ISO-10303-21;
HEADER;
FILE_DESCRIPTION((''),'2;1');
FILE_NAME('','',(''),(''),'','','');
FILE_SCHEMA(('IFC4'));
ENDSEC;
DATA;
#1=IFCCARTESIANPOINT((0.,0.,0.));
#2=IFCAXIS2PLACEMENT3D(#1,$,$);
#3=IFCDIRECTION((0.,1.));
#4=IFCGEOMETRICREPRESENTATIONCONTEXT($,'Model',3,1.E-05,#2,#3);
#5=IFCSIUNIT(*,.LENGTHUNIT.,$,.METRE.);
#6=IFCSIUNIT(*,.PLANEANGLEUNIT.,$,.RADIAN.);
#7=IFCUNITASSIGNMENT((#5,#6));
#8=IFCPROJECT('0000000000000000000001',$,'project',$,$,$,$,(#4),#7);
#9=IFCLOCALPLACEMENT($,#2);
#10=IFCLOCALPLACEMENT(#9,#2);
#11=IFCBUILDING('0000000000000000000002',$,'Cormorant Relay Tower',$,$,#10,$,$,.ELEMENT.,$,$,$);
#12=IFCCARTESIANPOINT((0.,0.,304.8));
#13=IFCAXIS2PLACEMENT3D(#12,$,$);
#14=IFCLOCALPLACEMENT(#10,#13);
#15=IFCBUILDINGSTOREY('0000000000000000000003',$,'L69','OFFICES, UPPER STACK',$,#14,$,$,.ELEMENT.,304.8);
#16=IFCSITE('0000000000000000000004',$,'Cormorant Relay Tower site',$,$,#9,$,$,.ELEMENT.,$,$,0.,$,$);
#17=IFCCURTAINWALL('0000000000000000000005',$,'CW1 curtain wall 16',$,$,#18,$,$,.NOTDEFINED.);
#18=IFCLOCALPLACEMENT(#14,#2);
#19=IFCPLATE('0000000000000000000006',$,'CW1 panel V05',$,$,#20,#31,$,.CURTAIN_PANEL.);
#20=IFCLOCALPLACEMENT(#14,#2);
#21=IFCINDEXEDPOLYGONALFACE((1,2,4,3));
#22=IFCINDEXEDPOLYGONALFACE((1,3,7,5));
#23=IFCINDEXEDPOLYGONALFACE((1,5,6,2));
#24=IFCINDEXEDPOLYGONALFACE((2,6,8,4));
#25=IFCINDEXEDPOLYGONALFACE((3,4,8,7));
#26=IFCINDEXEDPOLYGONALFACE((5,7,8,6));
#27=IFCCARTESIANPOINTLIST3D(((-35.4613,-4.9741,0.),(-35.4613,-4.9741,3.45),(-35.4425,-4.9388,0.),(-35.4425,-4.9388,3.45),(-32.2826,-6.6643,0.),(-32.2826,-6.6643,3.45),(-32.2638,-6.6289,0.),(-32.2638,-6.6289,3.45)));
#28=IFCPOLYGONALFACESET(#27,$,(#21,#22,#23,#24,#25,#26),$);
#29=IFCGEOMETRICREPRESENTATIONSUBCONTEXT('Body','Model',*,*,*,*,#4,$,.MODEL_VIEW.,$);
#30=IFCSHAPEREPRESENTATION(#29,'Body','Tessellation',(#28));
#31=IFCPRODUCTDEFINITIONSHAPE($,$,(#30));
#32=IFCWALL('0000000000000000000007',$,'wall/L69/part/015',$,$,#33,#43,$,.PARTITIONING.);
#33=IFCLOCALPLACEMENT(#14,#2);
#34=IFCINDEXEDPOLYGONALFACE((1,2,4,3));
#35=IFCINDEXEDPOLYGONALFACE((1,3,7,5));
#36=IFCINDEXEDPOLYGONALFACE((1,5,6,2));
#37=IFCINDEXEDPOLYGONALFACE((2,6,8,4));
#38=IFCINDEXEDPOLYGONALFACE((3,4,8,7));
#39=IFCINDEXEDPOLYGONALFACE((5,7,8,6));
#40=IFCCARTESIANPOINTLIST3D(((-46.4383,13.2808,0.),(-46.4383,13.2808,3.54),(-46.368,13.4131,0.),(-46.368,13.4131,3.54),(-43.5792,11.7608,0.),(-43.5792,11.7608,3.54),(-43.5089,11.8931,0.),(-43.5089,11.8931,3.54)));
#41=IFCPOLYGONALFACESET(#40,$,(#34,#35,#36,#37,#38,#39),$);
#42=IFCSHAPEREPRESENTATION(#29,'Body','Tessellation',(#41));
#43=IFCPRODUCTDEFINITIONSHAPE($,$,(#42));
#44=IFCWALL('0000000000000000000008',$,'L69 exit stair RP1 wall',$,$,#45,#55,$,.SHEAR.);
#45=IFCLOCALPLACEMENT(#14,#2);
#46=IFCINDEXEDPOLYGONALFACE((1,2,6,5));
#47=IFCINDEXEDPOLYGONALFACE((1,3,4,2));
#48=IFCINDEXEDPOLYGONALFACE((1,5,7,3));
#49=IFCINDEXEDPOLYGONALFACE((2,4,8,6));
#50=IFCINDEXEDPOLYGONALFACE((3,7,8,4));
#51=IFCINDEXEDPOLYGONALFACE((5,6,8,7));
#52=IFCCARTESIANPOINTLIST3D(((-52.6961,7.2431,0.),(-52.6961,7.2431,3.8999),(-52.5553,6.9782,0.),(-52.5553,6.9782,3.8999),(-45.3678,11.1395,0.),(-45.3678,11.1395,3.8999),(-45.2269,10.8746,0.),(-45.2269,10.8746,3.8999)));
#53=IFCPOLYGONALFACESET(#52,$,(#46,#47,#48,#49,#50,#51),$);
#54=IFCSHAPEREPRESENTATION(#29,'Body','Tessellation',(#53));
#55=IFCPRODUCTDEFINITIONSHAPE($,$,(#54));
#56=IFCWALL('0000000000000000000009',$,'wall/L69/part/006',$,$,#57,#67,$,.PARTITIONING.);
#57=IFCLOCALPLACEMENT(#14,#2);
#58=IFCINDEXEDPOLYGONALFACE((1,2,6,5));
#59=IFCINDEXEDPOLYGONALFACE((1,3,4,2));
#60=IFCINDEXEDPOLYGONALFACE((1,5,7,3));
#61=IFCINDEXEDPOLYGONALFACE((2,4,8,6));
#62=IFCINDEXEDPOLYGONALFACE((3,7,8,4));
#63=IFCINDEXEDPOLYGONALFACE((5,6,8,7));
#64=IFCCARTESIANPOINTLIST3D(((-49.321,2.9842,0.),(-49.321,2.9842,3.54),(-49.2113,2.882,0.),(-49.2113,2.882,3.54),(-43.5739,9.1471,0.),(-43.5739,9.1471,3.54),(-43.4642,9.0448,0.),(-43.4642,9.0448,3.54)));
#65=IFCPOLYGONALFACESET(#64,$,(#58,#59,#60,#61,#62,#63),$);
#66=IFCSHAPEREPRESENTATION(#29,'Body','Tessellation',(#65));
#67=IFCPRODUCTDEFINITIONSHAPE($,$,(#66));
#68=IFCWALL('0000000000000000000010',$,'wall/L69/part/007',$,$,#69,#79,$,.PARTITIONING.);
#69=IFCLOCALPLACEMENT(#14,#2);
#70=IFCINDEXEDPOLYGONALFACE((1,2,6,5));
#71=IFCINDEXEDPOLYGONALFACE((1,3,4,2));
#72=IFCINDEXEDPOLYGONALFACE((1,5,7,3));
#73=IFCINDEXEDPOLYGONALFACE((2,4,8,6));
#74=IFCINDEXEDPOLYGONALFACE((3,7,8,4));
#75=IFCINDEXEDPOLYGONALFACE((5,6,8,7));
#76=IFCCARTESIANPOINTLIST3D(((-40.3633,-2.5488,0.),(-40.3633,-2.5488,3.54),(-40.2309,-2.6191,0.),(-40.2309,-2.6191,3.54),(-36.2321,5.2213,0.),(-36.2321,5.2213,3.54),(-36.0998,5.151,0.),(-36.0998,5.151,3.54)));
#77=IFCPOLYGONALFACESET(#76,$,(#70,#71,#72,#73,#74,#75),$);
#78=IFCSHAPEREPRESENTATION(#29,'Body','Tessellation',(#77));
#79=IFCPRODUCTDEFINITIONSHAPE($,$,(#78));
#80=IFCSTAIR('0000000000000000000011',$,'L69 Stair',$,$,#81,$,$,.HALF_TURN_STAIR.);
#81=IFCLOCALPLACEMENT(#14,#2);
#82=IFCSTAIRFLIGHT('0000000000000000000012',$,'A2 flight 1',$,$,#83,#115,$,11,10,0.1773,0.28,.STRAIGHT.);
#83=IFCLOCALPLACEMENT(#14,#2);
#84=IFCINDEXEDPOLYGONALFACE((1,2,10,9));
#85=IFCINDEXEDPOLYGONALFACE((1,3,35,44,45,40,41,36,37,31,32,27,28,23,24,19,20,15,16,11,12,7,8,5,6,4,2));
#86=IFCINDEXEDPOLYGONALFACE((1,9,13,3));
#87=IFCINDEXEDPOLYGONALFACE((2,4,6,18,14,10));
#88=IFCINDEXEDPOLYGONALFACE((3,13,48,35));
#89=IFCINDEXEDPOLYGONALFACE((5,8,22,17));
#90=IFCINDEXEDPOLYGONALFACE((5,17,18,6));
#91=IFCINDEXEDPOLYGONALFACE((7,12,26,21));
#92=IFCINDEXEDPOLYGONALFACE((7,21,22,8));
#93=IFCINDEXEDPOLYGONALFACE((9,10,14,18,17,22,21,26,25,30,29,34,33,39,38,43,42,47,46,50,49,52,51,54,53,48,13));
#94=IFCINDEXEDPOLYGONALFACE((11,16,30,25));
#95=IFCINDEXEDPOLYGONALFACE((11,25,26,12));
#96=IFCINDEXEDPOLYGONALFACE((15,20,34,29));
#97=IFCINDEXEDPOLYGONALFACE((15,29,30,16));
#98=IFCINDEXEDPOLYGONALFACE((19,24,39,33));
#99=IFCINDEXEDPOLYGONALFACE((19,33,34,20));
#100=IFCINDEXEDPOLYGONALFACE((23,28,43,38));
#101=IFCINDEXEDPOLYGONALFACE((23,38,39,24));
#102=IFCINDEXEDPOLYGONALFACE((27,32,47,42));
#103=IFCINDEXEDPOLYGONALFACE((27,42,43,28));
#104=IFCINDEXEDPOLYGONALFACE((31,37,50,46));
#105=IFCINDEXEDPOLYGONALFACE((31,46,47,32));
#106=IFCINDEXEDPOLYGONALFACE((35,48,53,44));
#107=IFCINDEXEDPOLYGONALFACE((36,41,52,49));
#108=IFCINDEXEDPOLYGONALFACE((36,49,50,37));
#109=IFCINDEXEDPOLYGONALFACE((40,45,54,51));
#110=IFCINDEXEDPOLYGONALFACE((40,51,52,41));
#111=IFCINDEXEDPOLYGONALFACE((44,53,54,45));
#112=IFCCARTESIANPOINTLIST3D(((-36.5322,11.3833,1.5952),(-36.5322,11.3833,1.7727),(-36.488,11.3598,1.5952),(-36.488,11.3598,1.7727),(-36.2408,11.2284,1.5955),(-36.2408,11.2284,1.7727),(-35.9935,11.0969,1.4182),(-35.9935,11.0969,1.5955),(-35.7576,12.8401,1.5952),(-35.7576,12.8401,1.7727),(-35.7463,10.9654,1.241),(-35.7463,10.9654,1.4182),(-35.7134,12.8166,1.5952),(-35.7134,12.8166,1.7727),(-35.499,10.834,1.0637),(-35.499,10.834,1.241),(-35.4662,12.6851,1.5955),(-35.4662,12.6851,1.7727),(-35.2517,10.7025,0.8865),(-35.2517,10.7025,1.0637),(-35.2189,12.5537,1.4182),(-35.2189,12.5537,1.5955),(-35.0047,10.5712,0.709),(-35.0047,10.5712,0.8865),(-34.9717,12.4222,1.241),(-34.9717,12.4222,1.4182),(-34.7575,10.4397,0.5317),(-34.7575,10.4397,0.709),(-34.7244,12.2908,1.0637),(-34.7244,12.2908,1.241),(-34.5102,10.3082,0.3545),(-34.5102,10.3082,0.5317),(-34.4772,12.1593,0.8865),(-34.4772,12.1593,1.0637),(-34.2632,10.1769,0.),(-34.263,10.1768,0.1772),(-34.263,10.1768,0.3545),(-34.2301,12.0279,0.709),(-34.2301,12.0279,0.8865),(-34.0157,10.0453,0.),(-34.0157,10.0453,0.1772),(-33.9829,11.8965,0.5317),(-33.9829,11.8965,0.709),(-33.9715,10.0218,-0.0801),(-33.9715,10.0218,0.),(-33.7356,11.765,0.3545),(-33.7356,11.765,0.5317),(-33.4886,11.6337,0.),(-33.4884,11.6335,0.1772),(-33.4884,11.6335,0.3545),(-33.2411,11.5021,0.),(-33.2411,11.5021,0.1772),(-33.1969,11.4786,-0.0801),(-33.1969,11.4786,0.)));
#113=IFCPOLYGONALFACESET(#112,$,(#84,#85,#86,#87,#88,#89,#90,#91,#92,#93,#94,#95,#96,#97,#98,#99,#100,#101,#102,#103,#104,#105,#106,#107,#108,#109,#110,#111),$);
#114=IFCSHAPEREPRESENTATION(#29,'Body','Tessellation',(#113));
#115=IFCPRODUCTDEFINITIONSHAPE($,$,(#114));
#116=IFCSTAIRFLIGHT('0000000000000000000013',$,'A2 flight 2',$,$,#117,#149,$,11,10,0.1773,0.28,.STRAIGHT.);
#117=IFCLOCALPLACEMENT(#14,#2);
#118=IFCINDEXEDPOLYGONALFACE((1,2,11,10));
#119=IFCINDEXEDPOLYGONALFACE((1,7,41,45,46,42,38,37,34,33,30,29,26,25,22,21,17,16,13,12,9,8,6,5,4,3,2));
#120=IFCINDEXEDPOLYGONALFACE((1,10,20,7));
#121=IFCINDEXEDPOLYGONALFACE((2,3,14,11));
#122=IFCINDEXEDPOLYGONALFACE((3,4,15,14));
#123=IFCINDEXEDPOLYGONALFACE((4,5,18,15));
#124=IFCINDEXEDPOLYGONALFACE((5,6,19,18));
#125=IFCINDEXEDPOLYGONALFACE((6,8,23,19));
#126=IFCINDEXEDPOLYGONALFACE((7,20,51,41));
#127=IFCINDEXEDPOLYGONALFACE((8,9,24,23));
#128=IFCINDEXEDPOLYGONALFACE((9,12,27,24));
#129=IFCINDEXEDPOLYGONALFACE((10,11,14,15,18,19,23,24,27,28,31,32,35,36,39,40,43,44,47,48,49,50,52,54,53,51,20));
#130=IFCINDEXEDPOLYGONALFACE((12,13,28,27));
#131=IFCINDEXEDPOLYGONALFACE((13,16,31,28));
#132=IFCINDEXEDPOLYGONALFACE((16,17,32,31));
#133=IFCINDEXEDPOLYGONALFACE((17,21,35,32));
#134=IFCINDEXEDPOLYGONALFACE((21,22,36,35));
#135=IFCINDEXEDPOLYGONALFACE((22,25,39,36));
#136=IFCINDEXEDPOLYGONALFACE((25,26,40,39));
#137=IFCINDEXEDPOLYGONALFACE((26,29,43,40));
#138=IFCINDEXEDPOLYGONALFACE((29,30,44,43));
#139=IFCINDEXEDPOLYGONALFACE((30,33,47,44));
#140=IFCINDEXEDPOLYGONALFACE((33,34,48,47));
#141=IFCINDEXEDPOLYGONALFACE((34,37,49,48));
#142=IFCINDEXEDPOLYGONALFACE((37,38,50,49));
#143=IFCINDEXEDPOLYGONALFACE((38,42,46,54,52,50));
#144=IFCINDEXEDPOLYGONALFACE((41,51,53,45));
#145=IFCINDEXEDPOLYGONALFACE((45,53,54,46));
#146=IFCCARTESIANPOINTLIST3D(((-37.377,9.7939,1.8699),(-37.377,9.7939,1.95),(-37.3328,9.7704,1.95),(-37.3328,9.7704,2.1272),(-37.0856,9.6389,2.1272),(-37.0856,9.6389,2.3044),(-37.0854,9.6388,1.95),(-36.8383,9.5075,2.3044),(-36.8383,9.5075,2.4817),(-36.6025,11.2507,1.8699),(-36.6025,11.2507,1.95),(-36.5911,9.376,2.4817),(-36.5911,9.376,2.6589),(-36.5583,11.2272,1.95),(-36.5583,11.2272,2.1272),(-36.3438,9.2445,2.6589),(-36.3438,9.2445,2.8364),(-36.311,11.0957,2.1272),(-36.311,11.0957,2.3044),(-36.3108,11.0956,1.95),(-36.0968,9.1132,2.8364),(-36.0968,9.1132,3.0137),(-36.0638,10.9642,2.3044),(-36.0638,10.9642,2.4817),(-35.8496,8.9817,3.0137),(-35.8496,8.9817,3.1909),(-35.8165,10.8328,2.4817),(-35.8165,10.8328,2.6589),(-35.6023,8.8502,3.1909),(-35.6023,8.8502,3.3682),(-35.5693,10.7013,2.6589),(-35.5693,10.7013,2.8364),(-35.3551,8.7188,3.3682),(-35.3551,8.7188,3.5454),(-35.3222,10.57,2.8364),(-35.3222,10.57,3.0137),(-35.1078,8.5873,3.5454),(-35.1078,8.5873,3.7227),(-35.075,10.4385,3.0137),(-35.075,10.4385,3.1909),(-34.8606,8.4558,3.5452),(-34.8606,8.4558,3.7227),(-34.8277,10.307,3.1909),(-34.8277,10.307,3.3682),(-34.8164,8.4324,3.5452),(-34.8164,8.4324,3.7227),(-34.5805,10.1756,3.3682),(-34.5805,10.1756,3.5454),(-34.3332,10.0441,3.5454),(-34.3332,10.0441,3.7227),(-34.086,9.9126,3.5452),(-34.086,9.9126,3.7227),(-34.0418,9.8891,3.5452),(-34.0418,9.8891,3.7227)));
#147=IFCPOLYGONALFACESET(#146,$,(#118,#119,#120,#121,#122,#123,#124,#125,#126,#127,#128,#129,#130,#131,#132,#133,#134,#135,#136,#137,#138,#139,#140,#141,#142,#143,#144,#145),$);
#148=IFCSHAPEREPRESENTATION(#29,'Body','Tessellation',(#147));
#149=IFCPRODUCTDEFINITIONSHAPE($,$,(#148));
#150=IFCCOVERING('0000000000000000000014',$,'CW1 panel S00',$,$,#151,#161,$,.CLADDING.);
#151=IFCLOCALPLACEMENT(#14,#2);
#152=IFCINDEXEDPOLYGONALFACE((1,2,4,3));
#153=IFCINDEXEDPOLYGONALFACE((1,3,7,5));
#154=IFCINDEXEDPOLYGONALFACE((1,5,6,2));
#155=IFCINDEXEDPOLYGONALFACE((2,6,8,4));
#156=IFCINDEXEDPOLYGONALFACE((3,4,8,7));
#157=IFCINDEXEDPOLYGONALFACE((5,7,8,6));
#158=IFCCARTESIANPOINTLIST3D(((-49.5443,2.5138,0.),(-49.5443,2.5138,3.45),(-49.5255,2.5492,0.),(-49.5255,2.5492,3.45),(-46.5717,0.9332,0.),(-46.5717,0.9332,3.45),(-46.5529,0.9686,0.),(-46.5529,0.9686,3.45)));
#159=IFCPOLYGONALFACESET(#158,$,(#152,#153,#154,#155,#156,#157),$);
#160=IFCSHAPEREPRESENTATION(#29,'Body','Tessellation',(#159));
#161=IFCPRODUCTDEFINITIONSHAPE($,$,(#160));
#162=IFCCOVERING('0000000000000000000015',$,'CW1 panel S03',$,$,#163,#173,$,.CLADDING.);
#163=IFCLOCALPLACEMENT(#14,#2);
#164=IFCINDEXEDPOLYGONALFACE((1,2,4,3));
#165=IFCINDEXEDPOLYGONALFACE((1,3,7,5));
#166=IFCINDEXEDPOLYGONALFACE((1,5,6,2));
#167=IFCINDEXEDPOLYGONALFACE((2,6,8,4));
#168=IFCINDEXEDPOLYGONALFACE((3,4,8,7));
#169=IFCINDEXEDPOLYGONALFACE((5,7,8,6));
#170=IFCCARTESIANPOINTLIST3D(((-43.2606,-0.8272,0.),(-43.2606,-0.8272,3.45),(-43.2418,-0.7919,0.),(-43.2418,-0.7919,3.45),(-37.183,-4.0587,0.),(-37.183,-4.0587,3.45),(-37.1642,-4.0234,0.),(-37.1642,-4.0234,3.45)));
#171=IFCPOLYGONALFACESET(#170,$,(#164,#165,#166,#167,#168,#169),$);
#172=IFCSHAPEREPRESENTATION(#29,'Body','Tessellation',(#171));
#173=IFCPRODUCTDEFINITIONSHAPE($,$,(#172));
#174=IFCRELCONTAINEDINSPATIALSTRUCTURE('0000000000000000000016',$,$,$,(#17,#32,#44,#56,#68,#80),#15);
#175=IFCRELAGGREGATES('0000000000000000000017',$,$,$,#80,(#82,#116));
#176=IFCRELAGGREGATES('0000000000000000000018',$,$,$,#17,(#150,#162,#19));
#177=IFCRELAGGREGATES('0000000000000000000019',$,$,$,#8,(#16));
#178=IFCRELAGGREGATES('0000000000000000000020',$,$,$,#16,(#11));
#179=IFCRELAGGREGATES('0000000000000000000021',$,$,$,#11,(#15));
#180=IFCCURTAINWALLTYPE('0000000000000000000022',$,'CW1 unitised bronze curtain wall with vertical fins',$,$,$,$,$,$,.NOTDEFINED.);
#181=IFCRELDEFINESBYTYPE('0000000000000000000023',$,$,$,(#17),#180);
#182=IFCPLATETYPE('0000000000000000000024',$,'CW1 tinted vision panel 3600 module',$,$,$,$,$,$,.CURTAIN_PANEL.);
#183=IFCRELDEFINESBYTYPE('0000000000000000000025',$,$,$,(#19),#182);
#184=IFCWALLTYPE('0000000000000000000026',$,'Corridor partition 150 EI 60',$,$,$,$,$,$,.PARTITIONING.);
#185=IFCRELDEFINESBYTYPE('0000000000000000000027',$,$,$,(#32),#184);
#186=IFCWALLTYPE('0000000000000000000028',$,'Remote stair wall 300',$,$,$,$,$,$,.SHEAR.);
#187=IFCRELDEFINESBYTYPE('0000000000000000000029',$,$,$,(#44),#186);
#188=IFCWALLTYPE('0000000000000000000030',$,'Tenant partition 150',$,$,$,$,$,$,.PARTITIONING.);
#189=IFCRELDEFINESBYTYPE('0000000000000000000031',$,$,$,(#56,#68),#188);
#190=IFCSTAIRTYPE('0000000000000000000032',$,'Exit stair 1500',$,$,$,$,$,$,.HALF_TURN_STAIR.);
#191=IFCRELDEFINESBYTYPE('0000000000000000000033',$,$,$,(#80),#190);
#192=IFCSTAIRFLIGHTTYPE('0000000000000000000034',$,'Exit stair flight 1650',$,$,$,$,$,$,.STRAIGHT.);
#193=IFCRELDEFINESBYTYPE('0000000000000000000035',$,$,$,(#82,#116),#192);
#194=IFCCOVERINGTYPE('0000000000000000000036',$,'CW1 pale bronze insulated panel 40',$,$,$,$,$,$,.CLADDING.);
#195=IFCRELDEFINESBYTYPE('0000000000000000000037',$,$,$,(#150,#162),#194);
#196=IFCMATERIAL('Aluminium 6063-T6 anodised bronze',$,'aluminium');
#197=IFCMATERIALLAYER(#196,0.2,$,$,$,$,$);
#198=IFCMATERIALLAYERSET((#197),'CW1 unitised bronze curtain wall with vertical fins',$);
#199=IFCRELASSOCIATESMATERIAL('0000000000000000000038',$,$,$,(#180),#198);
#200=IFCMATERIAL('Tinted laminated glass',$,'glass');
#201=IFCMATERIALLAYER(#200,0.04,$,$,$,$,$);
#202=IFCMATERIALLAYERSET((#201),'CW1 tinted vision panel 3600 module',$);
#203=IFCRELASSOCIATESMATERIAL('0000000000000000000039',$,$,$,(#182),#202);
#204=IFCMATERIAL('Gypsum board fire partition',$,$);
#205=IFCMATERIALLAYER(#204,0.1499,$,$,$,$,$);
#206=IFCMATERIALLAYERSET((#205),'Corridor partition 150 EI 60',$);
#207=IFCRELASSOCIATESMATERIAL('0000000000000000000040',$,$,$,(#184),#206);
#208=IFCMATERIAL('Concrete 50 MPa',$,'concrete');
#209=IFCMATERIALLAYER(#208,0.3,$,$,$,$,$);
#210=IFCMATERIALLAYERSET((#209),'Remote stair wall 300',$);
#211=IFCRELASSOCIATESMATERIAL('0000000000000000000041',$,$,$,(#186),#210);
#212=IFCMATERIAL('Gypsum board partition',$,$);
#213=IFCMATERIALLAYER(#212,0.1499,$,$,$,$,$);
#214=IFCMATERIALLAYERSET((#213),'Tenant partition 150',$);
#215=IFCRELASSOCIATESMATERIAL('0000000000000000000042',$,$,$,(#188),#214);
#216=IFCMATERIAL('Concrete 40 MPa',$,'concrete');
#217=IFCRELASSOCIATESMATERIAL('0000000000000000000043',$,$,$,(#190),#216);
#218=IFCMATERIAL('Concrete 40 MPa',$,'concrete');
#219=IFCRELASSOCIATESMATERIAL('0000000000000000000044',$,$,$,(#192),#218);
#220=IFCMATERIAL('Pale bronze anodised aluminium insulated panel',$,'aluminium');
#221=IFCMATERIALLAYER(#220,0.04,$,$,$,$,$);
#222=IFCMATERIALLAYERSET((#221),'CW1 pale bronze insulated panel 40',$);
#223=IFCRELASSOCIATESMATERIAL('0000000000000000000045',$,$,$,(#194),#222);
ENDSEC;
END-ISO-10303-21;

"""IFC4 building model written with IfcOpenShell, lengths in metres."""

from ifc_helpers import new_model, si_unit, direction, frame, frame_2d, origin, origin_2d, place, context, subcontext, project, spatial, polyline, rectangle, outline, extrude, material, layer, layer_set, type_object, element, aggregate, save


model = new_model("IFC4")

# Units and contexts
model_context = context("Model", 3, precision=1e-05, world=origin(), true_north=direction((0.0, 1.0)))
body_context = subcontext(model_context, "Body", "Model", "MODEL_VIEW")
ifc_project = project(units=[si_unit("LENGTHUNIT", "METRE"), si_unit("PLANEANGLEUNIT", "RADIAN")], contexts=[model_context])

# Site, building, storey
site_placement = place(None, origin())
site = spatial("IfcSite", under=ifc_project, at=site_placement, Name="Cormorant Relay Tower site", CompositionType="ELEMENT", RefElevation=0.0)
building_placement = place(site_placement, origin())
building = spatial("IfcBuilding", under=site, at=building_placement, Name="Cormorant Relay Tower", CompositionType="ELEMENT")
storey_placement = place(building_placement, frame((0.0, 0.0, 304.8)))
storey = spatial("IfcBuildingStorey", under=building, at=storey_placement, Name="L69", Description="OFFICES, UPPER STACK", CompositionType="ELEMENT", Elevation=304.8)

# Curtain wall
ifc_material_1 = material(Name="Aluminium 6063-T6 anodised bronze", Category="aluminium")
ifc_layer_1 = layer(ifc_material_1, 0.2)
ifc_layer_set_1 = layer_set([ifc_layer_1], Name="CW1 unitised bronze curtain wall with vertical fins")
curtain_wall_type = type_object("IfcCurtainWallType", Name="CW1 unitised bronze curtain wall with vertical fins", PredefinedType="NOTDEFINED", material=ifc_layer_set_1)
curtain_wall_placement = place(storey_placement, origin())
curtain_wall = element("IfcCurtainWall", 1, at=curtain_wall_placement, inside=storey, type_object=curtain_wall_type, Name="CW1 curtain wall 16", PredefinedType="NOTDEFINED")

# Plate
ifc_material_2 = material(Name="Tinted laminated glass", Category="glass")
ifc_layer_2 = layer(ifc_material_2, 0.04)
ifc_layer_set_2 = layer_set([ifc_layer_2], Name="CW1 tinted vision panel 3600 module")
plate_type_1 = type_object("IfcPlateType", Name="CW1 tinted vision panel 3600 module", PredefinedType="CURTAIN_PANEL", material=ifc_layer_set_2)
plate_1_placement = place(storey_placement, frame((-33.8625, -5.8015, 0.0), z_axis=(0.0, 0.0, 1.0), x_axis=(0.882948, -0.469472, 0.0)))
plate_1 = element("IfcPlate", 2, at=plate_1_placement, type_object=plate_type_1, Name="CW1 panel V05", PredefinedType="CURTAIN_PANEL", context=body_context, shape_type="SweptSolid", body=[
    extrude(rectangle(XDim=3.6001, YDim=0.04, at=origin_2d()), origin(), (0.0, 0.0, 1.0), 3.45),
])

# Walls
ifc_material_3 = material(Name="Gypsum board fire partition")
ifc_layer_3 = layer(ifc_material_3, 0.1499)
ifc_layer_set_3 = layer_set([ifc_layer_3], Name="Corridor partition 150 EI 60")
wall_type_1 = type_object("IfcWallType", Name="Corridor partition 150 EI 60", PredefinedType="PARTITIONING", material=ifc_layer_set_3)
wall_1_placement = place(storey_placement, frame((-43.5439, 11.8269, 0.0), z_axis=(0.0, 0.0, 1.0), x_axis=(-0.882974, 0.469422, 0.0)))
element("IfcWall", 3, at=wall_1_placement, inside=storey, type_object=wall_type_1, Name="wall/L69/part/015", PredefinedType="PARTITIONING", context=body_context, shape_type="SweptSolid", body=[
    extrude(rectangle(XDim=3.238, YDim=0.1499, at=frame_2d((1.6191, 0.0))), origin(), (0.0, 0.0, 1.0), 3.54),
])
ifc_material_4 = material(Name="Concrete 50 MPa", Category="concrete")
ifc_layer_4 = layer(ifc_material_4, 0.3)
ifc_layer_set_4 = layer_set([ifc_layer_4], Name="Remote stair wall 300")
wall_type_2 = type_object("IfcWallType", Name="Remote stair wall 300", PredefinedType="SHEAR", material=ifc_layer_set_4)
wall_2_placement = place(storey_placement, frame((-45.2974, 11.0071, 0.0), z_axis=(0.0, 0.0, 1.0), x_axis=(-0.882952, -0.469464, 0.0)))
element("IfcWall", 4, at=wall_2_placement, inside=storey, type_object=wall_type_2, Name="L69 exit stair RP1 wall", PredefinedType="SHEAR", context=body_context, shape_type="SweptSolid", body=[
    extrude(rectangle(XDim=8.2998, YDim=0.3, at=frame_2d((4.1499, 0.0))), origin(), (0.0, 0.0, 1.0), 3.8999),
])
ifc_material_5 = material(Name="Gypsum board partition")
ifc_layer_5 = layer(ifc_material_5, 0.1499)
ifc_layer_set_5 = layer_set([ifc_layer_5], Name="Tenant partition 150")
wall_type_3 = type_object("IfcWallType", Name="Tenant partition 150", PredefinedType="PARTITIONING", material=ifc_layer_set_5)
wall_3_placement = place(storey_placement, frame((-43.519, 9.0959, 0.0), z_axis=(0.0, 0.0, 1.0), x_axis=(-0.682006, -0.731346, 0.0)))
element("IfcWall", 5, at=wall_3_placement, inside=storey, type_object=wall_type_3, Name="wall/L69/part/006", PredefinedType="PARTITIONING", context=body_context, shape_type="SweptSolid", body=[
    extrude(rectangle(XDim=8.4268, YDim=0.1499, at=frame_2d((4.2134, 0.0))), origin(), (0.0, 0.0, 1.0), 3.54),
])
wall_4_placement = place(storey_placement, frame((-36.166, 5.186, 0.0), z_axis=(0.0, 0.0, 1.0), x_axis=(-0.469446, -0.882961, 0.0)))
element("IfcWall", 6, at=wall_4_placement, inside=storey, type_object=wall_type_3, Name="wall/L69/part/007", PredefinedType="PARTITIONING", context=body_context, shape_type="SweptSolid", body=[
    extrude(rectangle(XDim=8.8, YDim=0.1499, at=frame_2d((4.3999, 0.0))), origin(), (0.0, 0.0, 1.0), 3.54),
])

# Stair, stair flights
ifc_material_6 = material(Name="Concrete 40 MPa", Category="concrete")
stair_type = type_object("IfcStairType", Name="Exit stair 1500", PredefinedType="HALF_TURN_STAIR", material=ifc_material_6)
stair_placement = place(storey_placement, origin())
stair = element("IfcStair", 7, at=stair_placement, inside=storey, type_object=stair_type, Name="L69 Stair", PredefinedType="HALF_TURN_STAIR")
ifc_material_7 = material(Name="Concrete 40 MPa", Category="concrete")
stair_flight_type = type_object("IfcStairFlightType", Name="Exit stair flight 1650", PredefinedType="STRAIGHT", material=ifc_material_7)
stair_flight_1_placement = place(storey_placement, frame((-33.6284, 10.7737, 0.0), z_axis=(0.0, 0.0, 1.0), x_axis=(-0.882948, 0.469472, 0.0)))
stair_flight_1 = element("IfcStairFlight", 8, at=stair_flight_1_placement, type_object=stair_flight_type, Name="A2 flight 1", NumberOfRisers=11, NumberOfTreads=10, PredefinedType="STRAIGHT", RiserHeight=0.1773, TreadLength=0.28, context=body_context, shape_type="SweptSolid", body=[
    extrude(outline(polyline([(-0.05, -0.0801), (-0.05, 0.0), (0.0, 0.0), (0.0, 0.1772), (0.28, 0.1772), (0.28, 0.3545), (0.5601, 0.3545), (0.5601, 0.5317), (0.8401, 0.5317), (0.8401, 0.709), (1.1201, 0.709), (1.1201, 0.8865), (1.3999, 0.8865), (1.3999, 1.0637), (1.6799, 1.0637), (1.6799, 1.241), (1.96, 1.241), (1.96, 1.4182), (2.24, 1.4182), (2.24, 1.5955), (2.52, 1.5955), (2.52, 1.7727), (2.8, 1.7727), (2.8501, 1.7727), (2.8501, 1.5952), (2.8, 1.5952), (0.2803, 0.0), (-0.05, -0.0801)])), frame((0.0, 0.825, 0.0), z_axis=(0.0, -1.0, 0.0), x_axis=(1.0, 0.0, 0.0)), (0.0, 0.0, 1.0), 1.6499),
])
stair_flight_2_placement = place(storey_placement, frame((-36.9456, 10.4988, 1.95), z_axis=(0.0, 0.0, 1.0), x_axis=(0.882948, -0.469472, 0.0)))
stair_flight_2 = element("IfcStairFlight", 9, at=stair_flight_2_placement, type_object=stair_flight_type, Name="A2 flight 2", NumberOfRisers=11, NumberOfTreads=10, PredefinedType="STRAIGHT", RiserHeight=0.1773, TreadLength=0.28, context=body_context, shape_type="SweptSolid", body=[
    extrude(outline(polyline([(-0.05, -0.0801), (-0.05, 0.0), (0.0, 0.0), (0.0, 0.1772), (0.28, 0.1772), (0.28, 0.3545), (0.5601, 0.3545), (0.5601, 0.5317), (0.8401, 0.5317), (0.8401, 0.709), (1.1201, 0.709), (1.1201, 0.8865), (1.3999, 0.8865), (1.3999, 1.0637), (1.6799, 1.0637), (1.6799, 1.241), (1.96, 1.241), (1.96, 1.4182), (2.24, 1.4182), (2.24, 1.5955), (2.52, 1.5955), (2.52, 1.7727), (2.8, 1.7727), (2.8501, 1.7727), (2.8501, 1.5952), (2.8, 1.5952), (0.2803, 0.0), (-0.05, -0.0801)])), frame((0.0, 0.825, 0.0), z_axis=(0.0, -1.0, 0.0), x_axis=(1.0, 0.0, 0.0)), (0.0, 0.0, 1.0), 1.6499),
])
aggregate(stair, [stair_flight_1, stair_flight_2])

# Coverings
ifc_material_8 = material(Name="Pale bronze anodised aluminium insulated panel", Category="aluminium")
ifc_layer_6 = layer(ifc_material_8, 0.04)
ifc_layer_set_6 = layer_set([ifc_layer_6], Name="CW1 pale bronze insulated panel 40")
covering_type = type_object("IfcCoveringType", Name="CW1 pale bronze insulated panel 40", PredefinedType="CLADDING", material=ifc_layer_set_6)
covering_1_placement = place(storey_placement, frame((-48.0486, 1.7412, 0.0), z_axis=(0.0, 0.0, 1.0), x_axis=(0.882948, -0.469472, 0.0)))
covering_1 = element("IfcCovering", 10, at=covering_1_placement, type_object=covering_type, Name="CW1 panel S00", PredefinedType="CLADDING", context=body_context, shape_type="SweptSolid", body=[
    extrude(rectangle(XDim=3.3667, YDim=0.04, at=origin_2d()), origin(), (0.0, 0.0, 1.0), 3.45),
])
covering_2_placement = place(storey_placement, frame((-40.2124, -2.4253, 0.0), z_axis=(0.0, 0.0, 1.0), x_axis=(0.882948, -0.469472, 0.0)))
covering_2 = element("IfcCovering", 11, at=covering_2_placement, type_object=covering_type, Name="CW1 panel S03", PredefinedType="CLADDING", context=body_context, shape_type="SweptSolid", body=[
    extrude(rectangle(XDim=6.8833, YDim=0.04, at=origin_2d()), origin(), (0.0, 0.0, 1.0), 3.45),
])
aggregate(curtain_wall, [covering_1, covering_2, plate_1])

save(model, "model.ifc")
